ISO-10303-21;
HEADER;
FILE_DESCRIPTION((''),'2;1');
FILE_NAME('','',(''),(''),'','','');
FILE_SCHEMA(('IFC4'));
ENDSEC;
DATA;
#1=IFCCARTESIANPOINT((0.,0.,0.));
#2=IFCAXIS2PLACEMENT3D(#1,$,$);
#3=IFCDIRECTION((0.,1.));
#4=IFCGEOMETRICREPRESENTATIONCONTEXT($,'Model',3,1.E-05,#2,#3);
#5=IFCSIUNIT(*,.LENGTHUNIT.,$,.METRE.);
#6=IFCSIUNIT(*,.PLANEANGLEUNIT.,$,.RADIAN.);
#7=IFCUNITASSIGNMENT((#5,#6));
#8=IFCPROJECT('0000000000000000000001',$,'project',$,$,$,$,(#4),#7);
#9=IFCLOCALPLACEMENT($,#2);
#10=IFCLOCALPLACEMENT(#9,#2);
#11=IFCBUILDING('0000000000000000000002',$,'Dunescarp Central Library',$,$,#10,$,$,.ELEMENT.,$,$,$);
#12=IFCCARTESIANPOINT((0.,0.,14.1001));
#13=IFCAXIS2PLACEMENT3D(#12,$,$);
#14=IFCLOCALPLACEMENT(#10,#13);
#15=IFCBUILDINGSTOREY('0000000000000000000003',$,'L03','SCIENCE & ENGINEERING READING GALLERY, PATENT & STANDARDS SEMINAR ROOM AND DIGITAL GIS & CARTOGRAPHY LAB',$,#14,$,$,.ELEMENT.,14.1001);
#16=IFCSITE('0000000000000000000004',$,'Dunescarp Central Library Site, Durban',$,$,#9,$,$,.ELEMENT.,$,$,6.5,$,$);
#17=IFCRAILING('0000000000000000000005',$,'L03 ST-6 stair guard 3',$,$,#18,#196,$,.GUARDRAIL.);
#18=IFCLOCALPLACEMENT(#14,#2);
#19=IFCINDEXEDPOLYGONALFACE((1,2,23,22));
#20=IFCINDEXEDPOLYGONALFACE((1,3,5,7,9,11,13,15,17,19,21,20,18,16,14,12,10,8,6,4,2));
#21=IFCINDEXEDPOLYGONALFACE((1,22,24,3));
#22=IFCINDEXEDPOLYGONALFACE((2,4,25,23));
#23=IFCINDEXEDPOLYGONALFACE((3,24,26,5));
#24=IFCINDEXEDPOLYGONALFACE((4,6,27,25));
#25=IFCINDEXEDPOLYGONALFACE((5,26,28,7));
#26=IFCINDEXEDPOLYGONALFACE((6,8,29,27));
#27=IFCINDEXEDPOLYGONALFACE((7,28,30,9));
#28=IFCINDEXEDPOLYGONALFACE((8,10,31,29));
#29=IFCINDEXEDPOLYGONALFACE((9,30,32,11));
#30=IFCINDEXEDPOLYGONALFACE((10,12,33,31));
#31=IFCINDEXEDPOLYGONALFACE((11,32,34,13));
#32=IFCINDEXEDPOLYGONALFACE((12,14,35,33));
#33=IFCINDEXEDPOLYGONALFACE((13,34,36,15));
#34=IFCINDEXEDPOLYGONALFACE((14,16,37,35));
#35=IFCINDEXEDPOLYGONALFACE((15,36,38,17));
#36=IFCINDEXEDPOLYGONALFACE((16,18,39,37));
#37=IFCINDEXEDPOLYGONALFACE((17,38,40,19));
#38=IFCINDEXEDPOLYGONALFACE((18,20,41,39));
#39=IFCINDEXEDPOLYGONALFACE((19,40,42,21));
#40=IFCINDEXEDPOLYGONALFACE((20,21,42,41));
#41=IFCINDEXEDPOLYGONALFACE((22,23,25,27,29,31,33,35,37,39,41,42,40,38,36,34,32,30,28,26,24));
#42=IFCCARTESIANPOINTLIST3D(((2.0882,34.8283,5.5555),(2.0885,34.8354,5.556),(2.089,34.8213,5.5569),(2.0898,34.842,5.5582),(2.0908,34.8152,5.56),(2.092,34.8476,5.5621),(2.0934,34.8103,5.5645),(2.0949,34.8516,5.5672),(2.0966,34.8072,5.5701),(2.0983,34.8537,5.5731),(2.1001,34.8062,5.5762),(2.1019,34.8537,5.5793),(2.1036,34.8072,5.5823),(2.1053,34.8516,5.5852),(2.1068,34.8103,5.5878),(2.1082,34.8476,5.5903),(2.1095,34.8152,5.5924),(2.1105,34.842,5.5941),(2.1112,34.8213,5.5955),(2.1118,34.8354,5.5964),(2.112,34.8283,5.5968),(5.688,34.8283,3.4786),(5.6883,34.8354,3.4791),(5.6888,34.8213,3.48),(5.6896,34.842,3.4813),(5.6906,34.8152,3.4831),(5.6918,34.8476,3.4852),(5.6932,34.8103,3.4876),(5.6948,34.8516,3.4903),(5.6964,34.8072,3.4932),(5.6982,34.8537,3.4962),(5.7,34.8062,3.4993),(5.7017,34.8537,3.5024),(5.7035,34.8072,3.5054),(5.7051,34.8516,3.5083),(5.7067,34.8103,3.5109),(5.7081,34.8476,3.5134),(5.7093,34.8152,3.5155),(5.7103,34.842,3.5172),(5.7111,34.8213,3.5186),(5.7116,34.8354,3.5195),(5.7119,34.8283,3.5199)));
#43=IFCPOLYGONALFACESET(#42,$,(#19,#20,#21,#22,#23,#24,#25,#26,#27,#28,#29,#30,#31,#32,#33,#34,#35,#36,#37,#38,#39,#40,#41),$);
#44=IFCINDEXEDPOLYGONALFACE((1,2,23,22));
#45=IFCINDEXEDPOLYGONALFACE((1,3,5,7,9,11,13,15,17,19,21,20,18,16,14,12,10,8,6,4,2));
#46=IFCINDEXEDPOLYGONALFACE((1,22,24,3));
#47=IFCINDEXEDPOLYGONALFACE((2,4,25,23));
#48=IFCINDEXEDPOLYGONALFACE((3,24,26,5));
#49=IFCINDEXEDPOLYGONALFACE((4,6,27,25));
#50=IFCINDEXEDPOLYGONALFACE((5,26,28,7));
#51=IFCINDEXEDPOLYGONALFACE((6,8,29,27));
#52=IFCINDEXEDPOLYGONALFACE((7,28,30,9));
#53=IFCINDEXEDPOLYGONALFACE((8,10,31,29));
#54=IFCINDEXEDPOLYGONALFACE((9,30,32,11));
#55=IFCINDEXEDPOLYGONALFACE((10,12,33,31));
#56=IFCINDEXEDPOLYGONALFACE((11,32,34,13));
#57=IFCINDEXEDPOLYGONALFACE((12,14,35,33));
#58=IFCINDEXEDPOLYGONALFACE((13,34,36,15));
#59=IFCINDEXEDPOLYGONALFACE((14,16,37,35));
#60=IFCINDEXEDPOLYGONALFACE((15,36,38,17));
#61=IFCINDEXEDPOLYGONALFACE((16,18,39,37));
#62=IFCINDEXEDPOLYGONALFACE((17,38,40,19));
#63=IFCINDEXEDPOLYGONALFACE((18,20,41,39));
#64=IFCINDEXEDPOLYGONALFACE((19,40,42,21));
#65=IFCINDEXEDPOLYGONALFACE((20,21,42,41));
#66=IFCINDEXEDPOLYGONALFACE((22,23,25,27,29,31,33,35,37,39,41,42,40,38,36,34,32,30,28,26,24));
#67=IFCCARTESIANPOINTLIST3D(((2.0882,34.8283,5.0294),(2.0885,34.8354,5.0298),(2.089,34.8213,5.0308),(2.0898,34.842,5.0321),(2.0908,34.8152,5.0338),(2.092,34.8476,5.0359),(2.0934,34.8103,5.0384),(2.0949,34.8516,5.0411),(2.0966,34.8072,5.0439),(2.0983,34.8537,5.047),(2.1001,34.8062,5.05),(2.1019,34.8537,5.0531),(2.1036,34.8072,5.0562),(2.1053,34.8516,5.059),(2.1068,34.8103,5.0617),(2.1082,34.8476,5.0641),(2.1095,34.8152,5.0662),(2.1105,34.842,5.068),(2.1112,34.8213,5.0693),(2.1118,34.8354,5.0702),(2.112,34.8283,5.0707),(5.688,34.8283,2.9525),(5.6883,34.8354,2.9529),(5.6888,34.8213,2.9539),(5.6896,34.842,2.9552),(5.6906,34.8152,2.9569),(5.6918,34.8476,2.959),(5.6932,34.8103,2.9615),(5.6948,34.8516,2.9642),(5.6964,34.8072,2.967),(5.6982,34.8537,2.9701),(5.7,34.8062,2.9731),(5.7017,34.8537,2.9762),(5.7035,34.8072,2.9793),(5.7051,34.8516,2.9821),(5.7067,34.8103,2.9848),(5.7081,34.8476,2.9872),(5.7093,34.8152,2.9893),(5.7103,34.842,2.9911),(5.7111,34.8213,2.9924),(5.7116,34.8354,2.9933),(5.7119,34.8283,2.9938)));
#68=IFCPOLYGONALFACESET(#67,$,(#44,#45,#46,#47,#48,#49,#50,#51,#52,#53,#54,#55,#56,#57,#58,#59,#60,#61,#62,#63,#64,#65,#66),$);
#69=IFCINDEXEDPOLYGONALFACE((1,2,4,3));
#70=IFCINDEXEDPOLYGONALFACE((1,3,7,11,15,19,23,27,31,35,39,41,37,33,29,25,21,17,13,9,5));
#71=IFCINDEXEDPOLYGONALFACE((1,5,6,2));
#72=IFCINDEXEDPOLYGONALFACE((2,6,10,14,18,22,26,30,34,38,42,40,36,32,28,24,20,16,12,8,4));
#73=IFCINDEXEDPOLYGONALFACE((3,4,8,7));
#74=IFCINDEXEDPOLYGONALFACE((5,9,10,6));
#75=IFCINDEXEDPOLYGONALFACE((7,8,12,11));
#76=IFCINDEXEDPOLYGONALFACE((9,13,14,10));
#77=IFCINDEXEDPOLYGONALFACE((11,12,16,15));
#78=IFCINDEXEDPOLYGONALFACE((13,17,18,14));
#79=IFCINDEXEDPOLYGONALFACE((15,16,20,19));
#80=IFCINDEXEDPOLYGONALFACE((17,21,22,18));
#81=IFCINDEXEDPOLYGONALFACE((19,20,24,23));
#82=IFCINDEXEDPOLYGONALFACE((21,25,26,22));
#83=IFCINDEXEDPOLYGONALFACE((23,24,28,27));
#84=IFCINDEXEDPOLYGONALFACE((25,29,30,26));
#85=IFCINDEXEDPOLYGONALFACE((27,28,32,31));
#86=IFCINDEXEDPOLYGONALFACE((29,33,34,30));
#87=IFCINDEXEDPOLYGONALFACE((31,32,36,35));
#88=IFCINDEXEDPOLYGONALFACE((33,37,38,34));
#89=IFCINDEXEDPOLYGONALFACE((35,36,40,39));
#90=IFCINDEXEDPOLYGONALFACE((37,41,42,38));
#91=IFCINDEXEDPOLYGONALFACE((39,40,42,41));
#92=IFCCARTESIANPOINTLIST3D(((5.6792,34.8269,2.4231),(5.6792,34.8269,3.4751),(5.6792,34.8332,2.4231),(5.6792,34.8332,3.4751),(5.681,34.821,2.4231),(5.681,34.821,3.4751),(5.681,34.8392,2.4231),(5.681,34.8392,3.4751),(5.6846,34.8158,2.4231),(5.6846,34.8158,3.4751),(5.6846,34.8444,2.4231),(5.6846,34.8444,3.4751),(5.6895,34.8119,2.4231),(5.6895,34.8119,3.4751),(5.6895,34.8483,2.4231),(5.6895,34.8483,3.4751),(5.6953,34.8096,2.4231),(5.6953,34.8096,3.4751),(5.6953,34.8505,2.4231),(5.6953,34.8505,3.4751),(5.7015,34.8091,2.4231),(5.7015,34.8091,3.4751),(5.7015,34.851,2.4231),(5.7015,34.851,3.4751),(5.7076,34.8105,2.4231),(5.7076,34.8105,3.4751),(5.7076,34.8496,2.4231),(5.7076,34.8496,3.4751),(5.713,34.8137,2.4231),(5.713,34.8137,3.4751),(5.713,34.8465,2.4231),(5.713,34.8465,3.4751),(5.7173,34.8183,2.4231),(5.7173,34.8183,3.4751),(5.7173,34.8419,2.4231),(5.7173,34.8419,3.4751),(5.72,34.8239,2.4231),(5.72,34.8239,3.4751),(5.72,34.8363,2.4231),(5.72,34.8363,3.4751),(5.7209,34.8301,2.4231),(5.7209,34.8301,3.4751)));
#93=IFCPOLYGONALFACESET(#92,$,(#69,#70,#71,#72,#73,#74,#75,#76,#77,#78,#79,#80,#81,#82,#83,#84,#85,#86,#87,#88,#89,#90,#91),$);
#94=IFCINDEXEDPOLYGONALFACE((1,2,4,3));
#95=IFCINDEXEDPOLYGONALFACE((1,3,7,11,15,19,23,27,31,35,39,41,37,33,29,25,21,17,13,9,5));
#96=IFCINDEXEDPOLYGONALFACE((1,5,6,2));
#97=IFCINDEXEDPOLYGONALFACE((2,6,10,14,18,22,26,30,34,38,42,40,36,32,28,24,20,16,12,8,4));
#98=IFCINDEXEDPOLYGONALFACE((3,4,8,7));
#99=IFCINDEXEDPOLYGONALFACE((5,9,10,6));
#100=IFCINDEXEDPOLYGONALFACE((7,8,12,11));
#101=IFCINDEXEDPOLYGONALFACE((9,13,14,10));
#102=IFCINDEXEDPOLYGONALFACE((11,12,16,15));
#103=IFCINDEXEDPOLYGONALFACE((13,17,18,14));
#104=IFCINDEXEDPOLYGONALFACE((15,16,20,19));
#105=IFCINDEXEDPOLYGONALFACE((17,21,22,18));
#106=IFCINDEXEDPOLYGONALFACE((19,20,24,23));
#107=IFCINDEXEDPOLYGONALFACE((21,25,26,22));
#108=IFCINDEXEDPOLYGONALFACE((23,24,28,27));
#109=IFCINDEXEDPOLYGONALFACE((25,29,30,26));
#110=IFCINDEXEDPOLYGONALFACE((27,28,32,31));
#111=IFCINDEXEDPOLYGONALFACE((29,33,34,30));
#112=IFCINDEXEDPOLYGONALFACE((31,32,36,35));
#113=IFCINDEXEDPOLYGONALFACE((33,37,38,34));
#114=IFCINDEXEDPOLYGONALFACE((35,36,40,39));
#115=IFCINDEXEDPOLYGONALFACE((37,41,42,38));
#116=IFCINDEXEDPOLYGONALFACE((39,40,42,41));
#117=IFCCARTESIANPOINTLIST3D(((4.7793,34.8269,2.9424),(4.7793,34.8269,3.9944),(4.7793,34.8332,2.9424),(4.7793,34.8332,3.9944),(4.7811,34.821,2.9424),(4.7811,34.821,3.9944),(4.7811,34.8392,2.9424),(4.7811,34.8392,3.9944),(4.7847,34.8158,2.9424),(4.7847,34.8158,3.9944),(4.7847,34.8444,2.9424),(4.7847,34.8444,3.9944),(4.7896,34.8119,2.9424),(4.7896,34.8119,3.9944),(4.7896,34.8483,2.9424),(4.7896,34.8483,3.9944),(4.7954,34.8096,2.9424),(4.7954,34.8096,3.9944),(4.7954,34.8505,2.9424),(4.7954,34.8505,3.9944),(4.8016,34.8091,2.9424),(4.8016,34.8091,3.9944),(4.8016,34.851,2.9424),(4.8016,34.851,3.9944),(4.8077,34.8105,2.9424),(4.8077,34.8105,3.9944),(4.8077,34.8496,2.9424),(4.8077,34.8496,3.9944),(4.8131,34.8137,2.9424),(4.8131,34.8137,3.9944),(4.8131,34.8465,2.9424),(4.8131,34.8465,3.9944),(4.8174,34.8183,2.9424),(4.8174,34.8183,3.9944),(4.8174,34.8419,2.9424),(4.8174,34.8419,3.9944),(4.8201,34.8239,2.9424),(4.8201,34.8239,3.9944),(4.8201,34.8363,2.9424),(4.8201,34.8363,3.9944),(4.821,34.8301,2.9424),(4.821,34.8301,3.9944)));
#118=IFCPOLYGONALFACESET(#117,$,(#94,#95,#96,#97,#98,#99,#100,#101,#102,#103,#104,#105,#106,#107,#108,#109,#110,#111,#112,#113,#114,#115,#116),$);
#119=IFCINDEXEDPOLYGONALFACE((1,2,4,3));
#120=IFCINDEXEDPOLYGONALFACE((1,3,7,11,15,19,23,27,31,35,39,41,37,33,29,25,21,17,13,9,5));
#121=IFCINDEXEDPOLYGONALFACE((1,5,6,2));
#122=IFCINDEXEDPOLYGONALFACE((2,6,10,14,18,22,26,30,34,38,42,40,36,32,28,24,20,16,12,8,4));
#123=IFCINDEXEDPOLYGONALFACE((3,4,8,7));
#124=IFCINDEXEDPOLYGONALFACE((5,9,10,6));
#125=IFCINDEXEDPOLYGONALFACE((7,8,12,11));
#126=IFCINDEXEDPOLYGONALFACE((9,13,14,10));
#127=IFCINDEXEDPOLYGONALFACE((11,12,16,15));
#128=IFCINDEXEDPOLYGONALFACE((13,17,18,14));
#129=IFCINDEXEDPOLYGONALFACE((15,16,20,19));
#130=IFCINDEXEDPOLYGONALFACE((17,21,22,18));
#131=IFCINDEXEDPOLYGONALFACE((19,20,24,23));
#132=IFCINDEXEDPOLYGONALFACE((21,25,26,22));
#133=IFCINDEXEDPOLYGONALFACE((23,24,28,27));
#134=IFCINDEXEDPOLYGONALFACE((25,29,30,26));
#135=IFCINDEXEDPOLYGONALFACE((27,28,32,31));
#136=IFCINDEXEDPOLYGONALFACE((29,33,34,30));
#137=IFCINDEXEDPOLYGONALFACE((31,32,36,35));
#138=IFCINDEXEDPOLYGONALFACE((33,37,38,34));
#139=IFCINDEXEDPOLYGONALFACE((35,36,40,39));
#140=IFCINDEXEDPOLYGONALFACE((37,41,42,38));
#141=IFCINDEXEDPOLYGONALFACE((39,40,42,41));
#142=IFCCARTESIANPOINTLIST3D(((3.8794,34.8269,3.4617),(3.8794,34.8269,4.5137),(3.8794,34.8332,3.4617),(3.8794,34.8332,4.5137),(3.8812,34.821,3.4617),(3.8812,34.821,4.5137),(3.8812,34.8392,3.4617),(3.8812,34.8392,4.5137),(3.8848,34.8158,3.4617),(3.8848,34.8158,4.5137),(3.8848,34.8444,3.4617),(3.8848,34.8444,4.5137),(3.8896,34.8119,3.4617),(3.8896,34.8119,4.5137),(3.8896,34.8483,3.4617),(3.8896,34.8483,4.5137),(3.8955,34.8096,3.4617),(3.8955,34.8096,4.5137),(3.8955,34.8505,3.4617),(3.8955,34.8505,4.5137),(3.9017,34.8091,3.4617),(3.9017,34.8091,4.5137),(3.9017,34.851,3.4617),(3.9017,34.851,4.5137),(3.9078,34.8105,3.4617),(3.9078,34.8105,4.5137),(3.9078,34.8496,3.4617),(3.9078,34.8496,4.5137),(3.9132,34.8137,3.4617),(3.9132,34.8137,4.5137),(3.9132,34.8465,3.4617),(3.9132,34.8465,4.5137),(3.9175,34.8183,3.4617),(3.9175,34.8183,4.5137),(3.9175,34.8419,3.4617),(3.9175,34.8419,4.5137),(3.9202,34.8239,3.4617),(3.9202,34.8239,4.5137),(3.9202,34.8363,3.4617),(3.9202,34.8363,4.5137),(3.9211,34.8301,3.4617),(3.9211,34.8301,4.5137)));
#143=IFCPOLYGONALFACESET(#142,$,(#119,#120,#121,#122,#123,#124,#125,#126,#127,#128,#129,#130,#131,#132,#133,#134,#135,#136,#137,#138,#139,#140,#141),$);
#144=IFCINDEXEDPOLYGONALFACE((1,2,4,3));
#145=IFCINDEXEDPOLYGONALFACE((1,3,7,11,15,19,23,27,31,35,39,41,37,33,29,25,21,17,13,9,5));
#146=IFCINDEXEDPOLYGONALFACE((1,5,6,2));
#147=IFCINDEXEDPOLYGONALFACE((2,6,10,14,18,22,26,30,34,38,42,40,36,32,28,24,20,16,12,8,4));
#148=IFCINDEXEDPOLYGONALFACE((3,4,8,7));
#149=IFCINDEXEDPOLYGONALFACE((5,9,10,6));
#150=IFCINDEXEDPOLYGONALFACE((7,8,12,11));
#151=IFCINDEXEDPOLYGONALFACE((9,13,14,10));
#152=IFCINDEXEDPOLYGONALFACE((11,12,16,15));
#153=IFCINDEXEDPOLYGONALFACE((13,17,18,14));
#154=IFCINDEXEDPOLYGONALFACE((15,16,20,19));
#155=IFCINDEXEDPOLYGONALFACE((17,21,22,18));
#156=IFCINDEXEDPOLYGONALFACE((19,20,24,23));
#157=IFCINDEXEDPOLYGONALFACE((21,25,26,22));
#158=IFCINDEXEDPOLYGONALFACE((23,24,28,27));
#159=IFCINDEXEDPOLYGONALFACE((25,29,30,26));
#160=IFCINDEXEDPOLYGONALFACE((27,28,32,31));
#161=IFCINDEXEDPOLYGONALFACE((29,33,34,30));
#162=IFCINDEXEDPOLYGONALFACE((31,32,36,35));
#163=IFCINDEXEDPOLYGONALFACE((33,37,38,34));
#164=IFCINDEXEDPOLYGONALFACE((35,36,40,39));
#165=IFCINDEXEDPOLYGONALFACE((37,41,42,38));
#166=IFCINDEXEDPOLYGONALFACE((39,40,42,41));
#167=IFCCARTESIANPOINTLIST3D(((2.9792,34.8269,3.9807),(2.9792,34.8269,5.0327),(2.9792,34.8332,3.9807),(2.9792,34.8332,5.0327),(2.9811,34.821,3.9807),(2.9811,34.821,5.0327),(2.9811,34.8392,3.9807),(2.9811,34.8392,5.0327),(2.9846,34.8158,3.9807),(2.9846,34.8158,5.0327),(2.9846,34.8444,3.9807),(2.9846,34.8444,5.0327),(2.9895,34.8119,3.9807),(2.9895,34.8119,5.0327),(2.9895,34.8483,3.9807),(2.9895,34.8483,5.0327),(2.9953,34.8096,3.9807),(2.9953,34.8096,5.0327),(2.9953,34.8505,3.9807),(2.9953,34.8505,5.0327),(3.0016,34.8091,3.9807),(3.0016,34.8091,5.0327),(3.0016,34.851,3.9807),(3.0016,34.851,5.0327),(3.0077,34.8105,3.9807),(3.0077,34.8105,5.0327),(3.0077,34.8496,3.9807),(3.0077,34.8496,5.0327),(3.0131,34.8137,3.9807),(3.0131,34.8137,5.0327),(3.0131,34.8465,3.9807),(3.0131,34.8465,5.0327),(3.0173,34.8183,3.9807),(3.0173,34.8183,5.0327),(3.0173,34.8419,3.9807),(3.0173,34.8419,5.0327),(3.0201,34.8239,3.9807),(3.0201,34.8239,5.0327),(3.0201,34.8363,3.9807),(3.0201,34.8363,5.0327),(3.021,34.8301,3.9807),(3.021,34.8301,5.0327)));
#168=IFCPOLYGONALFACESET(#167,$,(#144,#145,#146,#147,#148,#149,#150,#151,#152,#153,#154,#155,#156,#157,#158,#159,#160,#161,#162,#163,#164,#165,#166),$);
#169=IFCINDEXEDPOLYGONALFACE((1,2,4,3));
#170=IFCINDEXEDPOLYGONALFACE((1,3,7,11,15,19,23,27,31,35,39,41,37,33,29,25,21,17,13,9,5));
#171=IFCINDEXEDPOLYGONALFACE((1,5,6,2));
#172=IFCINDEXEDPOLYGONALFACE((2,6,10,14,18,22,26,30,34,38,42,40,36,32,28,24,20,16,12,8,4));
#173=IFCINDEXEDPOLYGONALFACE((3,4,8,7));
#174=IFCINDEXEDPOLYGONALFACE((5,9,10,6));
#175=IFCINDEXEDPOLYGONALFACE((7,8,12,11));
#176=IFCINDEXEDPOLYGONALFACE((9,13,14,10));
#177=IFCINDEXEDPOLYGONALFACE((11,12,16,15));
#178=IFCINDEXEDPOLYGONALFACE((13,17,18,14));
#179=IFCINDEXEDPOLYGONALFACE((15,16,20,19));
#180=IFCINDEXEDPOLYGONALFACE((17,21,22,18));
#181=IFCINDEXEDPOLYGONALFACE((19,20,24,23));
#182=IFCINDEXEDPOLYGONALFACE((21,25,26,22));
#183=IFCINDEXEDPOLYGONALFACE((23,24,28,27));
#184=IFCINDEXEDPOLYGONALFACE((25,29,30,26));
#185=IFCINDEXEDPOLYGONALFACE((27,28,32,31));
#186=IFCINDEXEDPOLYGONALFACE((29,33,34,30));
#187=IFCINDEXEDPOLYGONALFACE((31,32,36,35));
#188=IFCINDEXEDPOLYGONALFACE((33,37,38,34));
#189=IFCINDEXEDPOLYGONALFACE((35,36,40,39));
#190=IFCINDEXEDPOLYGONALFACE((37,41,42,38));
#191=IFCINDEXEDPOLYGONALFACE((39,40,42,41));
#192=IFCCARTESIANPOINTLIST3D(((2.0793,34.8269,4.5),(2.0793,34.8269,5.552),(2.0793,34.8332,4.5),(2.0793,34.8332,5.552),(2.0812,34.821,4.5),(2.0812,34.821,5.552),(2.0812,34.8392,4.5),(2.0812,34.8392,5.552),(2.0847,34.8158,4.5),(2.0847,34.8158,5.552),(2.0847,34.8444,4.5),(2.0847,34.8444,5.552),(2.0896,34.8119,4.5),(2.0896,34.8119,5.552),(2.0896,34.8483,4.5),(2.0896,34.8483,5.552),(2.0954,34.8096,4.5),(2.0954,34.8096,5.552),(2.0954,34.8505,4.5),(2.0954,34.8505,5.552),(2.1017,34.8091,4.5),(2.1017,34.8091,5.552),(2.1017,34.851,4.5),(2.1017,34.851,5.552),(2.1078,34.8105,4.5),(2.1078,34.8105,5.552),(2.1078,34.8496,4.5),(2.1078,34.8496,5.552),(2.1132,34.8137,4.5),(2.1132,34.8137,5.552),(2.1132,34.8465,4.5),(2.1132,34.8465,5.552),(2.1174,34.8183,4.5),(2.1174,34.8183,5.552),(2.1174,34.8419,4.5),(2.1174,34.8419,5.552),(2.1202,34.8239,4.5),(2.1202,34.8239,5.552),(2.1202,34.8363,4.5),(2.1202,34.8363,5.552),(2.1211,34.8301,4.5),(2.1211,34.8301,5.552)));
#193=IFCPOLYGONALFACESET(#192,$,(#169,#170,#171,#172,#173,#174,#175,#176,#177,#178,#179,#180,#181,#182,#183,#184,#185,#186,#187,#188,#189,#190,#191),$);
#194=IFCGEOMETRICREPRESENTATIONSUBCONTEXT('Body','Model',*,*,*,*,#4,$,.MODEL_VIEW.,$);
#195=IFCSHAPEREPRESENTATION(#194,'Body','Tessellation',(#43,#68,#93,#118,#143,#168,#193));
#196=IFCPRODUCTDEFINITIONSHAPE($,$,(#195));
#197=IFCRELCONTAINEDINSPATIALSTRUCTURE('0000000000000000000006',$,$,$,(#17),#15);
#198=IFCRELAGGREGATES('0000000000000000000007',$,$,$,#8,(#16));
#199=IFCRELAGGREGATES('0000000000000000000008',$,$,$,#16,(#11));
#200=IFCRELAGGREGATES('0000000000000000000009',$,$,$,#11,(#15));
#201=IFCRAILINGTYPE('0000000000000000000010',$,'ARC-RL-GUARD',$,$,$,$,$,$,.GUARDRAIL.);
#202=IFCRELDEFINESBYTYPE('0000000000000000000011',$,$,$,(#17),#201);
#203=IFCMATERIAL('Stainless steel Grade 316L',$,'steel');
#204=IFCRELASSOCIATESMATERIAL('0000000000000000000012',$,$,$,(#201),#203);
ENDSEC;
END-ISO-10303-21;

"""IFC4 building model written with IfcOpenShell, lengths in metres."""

from ifc_helpers import new_model, si_unit, direction, frame, origin, origin_2d, place, context, subcontext, project, spatial, circle, extrude, material, type_object, element, save


model = new_model("IFC4")

# Units and contexts
model_context = context("Model", 3, precision=1e-05, world=origin(), true_north=direction((0.0, 1.0)))
body_context = subcontext(model_context, "Body", "Model", "MODEL_VIEW")
ifc_project = project(units=[si_unit("LENGTHUNIT", "METRE"), si_unit("PLANEANGLEUNIT", "RADIAN")], contexts=[model_context])

# Site, building, storey
site_placement = place(None, origin())
site = spatial("IfcSite", under=ifc_project, at=site_placement, Name="Dunescarp Central Library Site, Durban", CompositionType="ELEMENT", RefElevation=6.5)
building_placement = place(site_placement, origin())
building = spatial("IfcBuilding", under=site, at=building_placement, Name="Dunescarp Central Library", CompositionType="ELEMENT")
storey_placement = place(building_placement, frame((0.0, 0.0, 14.1001)))
storey = spatial("IfcBuildingStorey", under=building, at=storey_placement, Name="L03", Description="SCIENCE & ENGINEERING READING GALLERY, PATENT & STANDARDS SEMINAR ROOM AND DIGITAL GIS & CARTOGRAPHY LAB", CompositionType="ELEMENT", Elevation=14.1001)

# Railing
ifc_material_1 = material(Name="Stainless steel Grade 316L", Category="steel")
railing_type_1 = type_object("IfcRailingType", Name="ARC-RL-GUARD", PredefinedType="GUARDRAIL", material=ifc_material_1)
railing_1_placement = place(storey_placement, frame((5.7, 34.8301, 2.4231)))
element("IfcRailing", 1, at=railing_1_placement, inside=storey, type_object=railing_type_1, Name="L03 ST-6 stair guard 3", PredefinedType="GUARDRAIL", context=body_context, shape_type="SweptSolid", body=[
    extrude(circle(Radius=0.0239, at=origin_2d()), frame((0.0, 0.0, 1.0762), z_axis=(-0.866179, 0.0, 0.499734), x_axis=(0.0, -1.0, 0.0)), (0.0, 0.0, 1.0), 4.156),
    extrude(circle(Radius=0.0239, at=origin_2d()), frame((0.0, 0.0, 0.55), z_axis=(-0.866179, 0.0, 0.499734), x_axis=(0.0, -1.0, 0.0)), (0.0, 0.0, 1.0), 4.156),
    extrude(circle(Radius=0.021, at=origin_2d()), origin(), (0.0, 0.0, 1.0), 1.052),
    extrude(circle(Radius=0.021, at=origin_2d()), frame((-0.8999, 0.0, 0.5193)), (0.0, 0.0, 1.0), 1.052),
    extrude(circle(Radius=0.021, at=origin_2d()), frame((-1.7998, 0.0, 1.0386)), (0.0, 0.0, 1.0), 1.052),
    extrude(circle(Radius=0.021, at=origin_2d()), frame((-2.7, 0.0, 1.5576)), (0.0, 0.0, 1.0), 1.052),
    extrude(circle(Radius=0.021, at=origin_2d()), frame((-3.5999, 0.0, 2.0769)), (0.0, 0.0, 1.0), 1.052),
])

save(model, "model.ifc")
